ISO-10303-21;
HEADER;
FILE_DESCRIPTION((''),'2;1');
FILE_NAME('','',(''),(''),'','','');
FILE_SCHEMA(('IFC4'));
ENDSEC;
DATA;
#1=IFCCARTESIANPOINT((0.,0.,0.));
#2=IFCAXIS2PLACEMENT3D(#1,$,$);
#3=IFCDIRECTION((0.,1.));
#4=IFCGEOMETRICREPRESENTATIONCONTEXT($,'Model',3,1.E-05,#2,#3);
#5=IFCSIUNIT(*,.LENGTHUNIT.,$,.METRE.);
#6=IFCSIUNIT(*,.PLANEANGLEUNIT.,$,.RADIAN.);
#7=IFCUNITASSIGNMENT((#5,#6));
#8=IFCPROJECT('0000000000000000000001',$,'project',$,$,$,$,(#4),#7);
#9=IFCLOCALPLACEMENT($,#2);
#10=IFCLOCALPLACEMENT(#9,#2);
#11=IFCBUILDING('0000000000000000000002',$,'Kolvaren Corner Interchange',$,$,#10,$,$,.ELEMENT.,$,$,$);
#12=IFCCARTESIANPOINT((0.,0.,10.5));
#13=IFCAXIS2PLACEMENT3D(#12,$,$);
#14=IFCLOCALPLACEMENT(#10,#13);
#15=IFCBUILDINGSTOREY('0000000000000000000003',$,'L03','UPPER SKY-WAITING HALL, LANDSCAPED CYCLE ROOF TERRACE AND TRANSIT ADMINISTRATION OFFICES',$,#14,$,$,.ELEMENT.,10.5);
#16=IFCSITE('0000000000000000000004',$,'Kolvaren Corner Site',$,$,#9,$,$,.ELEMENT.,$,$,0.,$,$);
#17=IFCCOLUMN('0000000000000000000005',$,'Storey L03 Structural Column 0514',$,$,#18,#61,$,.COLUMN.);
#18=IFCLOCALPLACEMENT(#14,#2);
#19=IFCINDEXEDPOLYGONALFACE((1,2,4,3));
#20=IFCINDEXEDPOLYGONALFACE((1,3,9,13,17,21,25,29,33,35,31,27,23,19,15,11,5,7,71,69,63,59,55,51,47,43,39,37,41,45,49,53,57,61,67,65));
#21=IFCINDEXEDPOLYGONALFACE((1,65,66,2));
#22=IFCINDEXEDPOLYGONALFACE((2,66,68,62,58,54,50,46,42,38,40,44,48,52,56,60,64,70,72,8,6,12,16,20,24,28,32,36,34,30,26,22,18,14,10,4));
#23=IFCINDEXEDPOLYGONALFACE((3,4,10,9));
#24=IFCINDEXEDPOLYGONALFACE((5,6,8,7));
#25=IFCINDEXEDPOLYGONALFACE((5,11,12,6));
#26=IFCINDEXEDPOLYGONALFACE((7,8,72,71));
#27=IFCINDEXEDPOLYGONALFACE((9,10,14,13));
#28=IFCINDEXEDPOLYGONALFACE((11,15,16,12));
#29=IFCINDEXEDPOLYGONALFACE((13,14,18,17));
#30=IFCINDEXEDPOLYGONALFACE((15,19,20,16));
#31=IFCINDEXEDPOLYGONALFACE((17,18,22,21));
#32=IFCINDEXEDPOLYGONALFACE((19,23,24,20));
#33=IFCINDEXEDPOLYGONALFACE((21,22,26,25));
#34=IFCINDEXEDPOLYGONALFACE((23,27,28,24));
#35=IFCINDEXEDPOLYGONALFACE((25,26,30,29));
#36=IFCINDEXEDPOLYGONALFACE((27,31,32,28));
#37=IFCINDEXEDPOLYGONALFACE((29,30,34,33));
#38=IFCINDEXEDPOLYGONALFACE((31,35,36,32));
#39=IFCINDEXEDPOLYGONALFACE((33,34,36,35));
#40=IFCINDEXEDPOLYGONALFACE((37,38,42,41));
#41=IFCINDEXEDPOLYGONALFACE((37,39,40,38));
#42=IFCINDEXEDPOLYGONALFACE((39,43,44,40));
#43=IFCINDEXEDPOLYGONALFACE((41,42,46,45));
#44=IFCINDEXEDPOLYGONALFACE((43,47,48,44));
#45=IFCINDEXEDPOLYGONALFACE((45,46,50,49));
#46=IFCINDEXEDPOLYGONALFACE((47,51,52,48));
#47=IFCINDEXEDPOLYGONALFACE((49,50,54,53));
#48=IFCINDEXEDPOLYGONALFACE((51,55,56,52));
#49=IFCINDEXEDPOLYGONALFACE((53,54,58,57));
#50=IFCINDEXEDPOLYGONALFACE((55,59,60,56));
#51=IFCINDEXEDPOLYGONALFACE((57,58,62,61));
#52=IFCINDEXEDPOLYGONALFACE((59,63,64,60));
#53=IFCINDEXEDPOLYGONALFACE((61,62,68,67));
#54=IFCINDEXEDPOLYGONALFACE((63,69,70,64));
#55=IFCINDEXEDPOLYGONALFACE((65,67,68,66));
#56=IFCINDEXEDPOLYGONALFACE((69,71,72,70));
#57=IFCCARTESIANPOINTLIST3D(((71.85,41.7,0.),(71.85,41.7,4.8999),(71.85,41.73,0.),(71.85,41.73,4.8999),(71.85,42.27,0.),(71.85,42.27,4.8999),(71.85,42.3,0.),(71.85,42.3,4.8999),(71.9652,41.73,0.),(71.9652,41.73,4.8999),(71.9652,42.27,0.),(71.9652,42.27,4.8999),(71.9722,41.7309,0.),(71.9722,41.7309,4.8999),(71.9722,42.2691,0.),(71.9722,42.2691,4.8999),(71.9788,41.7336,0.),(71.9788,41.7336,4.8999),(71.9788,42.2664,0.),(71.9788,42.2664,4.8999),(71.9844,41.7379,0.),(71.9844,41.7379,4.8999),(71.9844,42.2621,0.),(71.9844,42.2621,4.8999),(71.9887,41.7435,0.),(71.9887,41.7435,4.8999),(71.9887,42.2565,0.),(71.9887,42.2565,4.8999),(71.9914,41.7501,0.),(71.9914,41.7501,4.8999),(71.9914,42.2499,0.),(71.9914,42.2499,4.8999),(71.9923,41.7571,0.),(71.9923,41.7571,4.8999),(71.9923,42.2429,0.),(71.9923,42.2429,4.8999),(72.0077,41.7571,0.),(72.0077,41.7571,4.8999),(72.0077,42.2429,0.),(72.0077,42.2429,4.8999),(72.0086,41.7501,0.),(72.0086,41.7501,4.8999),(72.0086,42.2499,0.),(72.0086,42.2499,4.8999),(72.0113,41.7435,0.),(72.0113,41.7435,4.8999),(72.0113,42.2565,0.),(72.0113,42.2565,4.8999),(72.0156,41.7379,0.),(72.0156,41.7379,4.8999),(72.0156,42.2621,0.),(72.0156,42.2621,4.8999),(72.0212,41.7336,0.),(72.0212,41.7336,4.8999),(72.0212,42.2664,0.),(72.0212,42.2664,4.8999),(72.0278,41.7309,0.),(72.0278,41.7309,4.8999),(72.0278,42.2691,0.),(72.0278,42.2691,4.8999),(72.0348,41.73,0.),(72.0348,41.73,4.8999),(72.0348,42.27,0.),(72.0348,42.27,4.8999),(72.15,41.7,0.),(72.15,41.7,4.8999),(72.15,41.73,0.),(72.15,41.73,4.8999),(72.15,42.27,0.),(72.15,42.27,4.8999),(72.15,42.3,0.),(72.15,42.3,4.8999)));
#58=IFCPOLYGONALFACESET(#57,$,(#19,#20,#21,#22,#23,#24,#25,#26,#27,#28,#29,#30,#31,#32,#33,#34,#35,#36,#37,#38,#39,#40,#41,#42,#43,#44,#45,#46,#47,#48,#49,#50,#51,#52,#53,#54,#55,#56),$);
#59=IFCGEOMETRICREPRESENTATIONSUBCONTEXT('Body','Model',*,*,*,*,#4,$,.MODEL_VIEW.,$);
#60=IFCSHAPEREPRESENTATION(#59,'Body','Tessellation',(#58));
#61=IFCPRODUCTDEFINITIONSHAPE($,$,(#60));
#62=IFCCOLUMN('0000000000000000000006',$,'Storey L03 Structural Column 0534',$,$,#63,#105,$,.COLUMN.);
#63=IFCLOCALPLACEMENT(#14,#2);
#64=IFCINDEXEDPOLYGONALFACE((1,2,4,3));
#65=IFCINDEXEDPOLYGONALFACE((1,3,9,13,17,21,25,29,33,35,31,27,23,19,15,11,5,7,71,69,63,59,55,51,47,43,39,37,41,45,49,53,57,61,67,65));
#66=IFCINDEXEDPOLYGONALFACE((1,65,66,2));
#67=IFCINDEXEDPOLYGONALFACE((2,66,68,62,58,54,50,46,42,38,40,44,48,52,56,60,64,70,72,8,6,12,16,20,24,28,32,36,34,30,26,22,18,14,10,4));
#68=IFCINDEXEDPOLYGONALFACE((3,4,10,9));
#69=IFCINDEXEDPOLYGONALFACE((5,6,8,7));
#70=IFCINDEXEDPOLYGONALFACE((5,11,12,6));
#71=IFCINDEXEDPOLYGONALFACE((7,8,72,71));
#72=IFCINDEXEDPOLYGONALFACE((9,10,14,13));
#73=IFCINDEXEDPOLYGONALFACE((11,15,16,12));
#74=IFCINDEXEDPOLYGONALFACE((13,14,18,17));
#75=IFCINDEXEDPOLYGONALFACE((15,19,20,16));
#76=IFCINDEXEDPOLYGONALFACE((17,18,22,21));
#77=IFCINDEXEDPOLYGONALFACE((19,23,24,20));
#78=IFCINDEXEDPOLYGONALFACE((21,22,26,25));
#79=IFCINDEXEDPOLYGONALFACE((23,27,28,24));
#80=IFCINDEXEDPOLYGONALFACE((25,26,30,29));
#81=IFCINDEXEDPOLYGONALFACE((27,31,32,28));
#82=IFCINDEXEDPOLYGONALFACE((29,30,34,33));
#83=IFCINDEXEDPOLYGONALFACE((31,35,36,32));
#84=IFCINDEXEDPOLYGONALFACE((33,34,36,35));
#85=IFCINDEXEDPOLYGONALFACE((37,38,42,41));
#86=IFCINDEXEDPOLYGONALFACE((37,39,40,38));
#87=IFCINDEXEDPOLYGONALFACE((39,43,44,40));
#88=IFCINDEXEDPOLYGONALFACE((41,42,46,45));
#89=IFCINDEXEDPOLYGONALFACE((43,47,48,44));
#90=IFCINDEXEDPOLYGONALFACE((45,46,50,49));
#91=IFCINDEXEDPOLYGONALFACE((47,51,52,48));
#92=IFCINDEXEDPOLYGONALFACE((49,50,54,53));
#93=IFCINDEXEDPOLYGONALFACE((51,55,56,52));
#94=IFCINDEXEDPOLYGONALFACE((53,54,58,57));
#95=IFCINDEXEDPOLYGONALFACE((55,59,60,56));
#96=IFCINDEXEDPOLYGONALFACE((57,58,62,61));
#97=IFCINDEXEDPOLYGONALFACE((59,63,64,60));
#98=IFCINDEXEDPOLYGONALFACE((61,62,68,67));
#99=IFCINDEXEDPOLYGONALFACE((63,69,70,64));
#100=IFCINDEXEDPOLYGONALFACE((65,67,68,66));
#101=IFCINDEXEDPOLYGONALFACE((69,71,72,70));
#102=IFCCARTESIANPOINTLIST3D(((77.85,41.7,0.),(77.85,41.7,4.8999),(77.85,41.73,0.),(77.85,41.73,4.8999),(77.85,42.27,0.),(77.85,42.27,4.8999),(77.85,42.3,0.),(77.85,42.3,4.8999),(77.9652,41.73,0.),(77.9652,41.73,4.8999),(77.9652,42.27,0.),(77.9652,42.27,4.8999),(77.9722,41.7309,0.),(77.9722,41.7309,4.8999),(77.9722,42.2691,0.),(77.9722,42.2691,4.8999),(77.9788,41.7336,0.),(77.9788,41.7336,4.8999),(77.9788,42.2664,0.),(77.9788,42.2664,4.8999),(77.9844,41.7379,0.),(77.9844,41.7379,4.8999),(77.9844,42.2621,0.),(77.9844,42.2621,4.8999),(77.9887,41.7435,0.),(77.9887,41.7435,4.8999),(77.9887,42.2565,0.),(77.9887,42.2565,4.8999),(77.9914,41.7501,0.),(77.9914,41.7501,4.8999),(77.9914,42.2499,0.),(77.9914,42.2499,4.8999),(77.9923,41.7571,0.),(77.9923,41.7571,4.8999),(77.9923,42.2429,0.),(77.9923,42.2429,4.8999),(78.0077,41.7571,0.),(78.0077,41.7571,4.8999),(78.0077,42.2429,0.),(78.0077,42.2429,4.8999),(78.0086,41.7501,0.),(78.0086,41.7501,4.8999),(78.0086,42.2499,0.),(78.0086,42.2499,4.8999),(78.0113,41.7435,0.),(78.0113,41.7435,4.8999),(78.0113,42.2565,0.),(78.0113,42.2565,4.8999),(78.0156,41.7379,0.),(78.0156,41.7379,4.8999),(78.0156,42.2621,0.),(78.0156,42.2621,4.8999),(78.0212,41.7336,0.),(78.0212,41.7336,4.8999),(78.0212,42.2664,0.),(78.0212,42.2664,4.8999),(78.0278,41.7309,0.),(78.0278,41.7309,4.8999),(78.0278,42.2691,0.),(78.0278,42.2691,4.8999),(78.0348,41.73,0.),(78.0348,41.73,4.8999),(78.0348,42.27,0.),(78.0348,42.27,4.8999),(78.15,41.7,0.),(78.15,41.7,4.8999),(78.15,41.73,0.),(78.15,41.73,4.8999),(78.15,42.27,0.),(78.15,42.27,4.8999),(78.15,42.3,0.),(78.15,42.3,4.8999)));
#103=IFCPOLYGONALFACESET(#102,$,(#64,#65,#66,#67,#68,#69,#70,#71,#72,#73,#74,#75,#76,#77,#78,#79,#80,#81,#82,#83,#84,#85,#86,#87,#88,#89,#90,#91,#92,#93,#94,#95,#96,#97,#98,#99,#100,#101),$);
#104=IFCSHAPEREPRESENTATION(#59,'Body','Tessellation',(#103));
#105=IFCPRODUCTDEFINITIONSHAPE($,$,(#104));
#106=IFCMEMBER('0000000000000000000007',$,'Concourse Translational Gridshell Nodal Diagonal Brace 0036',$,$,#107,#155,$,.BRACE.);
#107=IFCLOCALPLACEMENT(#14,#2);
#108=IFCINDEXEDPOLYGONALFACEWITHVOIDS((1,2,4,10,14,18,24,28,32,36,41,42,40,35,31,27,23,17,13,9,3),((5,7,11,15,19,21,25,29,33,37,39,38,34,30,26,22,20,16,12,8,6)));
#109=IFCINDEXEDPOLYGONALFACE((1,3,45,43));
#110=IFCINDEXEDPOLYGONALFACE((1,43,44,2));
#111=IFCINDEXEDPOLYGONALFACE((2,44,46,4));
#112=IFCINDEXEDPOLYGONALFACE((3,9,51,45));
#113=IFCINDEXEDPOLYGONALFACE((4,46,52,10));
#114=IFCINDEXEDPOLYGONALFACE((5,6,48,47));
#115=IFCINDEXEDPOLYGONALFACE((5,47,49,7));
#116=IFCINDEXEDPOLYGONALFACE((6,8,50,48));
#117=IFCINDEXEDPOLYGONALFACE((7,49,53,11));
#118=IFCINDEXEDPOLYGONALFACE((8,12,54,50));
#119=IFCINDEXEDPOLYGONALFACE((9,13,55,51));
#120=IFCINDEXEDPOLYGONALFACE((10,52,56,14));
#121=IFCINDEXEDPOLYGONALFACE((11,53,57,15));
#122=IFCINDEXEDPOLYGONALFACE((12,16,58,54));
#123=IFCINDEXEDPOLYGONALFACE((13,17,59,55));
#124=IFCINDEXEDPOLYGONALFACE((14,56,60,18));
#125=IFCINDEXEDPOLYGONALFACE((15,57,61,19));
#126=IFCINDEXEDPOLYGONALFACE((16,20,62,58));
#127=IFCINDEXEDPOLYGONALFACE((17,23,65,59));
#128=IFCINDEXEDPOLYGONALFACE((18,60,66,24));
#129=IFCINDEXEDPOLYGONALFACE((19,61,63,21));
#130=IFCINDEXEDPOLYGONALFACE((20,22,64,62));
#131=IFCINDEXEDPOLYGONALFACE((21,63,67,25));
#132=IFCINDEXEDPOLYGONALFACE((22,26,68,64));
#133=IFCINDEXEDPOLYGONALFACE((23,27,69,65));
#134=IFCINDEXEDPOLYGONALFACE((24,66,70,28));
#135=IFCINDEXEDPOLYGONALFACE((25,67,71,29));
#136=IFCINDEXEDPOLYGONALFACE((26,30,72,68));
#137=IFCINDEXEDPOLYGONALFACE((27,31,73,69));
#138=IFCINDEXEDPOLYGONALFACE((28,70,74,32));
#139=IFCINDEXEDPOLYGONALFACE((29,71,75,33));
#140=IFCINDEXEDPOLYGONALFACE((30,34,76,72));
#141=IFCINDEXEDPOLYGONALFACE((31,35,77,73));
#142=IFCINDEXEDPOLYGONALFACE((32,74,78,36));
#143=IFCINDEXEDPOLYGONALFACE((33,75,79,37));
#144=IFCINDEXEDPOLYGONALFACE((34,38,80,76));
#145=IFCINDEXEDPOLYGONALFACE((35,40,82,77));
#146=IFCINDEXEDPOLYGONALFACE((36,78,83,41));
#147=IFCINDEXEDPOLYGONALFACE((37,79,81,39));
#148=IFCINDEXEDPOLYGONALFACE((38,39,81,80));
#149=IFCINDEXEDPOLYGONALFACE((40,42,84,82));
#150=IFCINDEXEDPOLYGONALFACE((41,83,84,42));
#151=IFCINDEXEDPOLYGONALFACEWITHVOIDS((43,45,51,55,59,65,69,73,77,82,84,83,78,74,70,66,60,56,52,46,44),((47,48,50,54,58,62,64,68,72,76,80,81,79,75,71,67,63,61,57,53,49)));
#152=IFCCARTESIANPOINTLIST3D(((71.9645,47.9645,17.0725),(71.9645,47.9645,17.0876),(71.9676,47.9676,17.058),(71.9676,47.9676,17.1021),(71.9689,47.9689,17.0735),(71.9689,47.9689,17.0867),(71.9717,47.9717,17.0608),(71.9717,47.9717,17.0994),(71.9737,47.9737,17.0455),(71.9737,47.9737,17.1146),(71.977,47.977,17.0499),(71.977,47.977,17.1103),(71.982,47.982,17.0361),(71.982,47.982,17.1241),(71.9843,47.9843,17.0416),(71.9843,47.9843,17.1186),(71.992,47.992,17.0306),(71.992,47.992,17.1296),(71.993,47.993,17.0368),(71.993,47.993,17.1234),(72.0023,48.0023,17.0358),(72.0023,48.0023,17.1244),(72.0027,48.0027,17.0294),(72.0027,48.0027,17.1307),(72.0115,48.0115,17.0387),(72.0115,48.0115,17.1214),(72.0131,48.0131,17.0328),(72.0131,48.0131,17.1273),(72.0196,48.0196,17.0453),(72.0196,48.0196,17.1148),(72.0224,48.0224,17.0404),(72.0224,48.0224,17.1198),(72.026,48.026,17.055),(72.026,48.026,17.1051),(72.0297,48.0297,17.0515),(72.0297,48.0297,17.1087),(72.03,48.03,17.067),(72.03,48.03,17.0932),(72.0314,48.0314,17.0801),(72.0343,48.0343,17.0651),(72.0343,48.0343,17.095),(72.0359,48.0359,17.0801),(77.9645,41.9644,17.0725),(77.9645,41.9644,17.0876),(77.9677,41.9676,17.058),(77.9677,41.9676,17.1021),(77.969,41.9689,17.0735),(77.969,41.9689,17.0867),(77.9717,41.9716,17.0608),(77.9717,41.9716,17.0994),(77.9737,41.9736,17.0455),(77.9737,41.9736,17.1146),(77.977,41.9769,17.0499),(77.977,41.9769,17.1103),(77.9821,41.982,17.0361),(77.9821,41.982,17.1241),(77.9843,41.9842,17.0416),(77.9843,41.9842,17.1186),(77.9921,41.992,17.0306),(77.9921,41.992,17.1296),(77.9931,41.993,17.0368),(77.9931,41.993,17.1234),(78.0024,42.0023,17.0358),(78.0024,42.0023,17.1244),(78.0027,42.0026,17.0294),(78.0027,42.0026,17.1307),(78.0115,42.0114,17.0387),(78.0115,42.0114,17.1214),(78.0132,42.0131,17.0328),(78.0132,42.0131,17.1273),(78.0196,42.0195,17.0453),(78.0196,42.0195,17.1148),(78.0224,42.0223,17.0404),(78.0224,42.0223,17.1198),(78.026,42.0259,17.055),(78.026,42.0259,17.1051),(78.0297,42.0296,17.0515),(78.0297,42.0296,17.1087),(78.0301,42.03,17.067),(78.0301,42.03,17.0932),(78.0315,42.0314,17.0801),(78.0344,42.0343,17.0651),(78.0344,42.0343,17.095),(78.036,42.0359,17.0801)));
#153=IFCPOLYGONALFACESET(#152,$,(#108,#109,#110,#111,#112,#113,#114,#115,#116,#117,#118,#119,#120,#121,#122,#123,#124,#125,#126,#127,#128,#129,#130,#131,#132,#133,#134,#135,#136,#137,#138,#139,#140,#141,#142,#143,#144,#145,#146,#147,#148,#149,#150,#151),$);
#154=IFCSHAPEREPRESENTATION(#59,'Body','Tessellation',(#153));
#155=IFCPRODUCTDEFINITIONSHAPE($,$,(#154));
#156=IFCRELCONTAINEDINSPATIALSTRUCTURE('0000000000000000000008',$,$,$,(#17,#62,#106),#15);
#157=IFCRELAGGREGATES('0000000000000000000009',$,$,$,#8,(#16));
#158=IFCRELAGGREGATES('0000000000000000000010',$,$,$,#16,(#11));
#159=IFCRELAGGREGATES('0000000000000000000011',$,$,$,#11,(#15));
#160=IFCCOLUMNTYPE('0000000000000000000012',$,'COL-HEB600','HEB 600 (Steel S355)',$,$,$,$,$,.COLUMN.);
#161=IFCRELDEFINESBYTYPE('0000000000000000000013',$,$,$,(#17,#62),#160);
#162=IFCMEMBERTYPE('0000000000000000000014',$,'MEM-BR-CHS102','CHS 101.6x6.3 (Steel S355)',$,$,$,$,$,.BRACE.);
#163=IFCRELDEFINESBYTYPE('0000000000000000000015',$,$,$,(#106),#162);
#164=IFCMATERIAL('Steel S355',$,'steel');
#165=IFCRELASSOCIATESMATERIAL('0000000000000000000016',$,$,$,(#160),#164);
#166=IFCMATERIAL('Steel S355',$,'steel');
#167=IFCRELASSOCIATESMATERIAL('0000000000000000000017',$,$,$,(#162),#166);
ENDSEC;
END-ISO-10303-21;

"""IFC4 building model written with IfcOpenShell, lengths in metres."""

from ifc_helpers import new_model, si_unit, direction, frame, origin, origin_2d, place, context, subcontext, project, spatial, hollow_circle, i_section, extrude, material, material_profile, profile_set, type_object, element, save


model = new_model("IFC4")

# Units and contexts
model_context = context("Model", 3, precision=1e-05, world=origin(), true_north=direction((0.0, 1.0)))
body_context = subcontext(model_context, "Body", "Model", "MODEL_VIEW")
ifc_project = project(units=[si_unit("LENGTHUNIT", "METRE"), si_unit("PLANEANGLEUNIT", "RADIAN")], contexts=[model_context])

# Site, building, storey
site_placement = place(None, origin())
site = spatial("IfcSite", under=ifc_project, at=site_placement, Name="Kolvaren Corner Site", CompositionType="ELEMENT", RefElevation=0.0)
building_placement = place(site_placement, origin())
building = spatial("IfcBuilding", under=site, at=building_placement, Name="Kolvaren Corner Interchange", CompositionType="ELEMENT")
storey_placement = place(building_placement, frame((0.0, 0.0, 10.5)))
storey = spatial("IfcBuildingStorey", under=building, at=storey_placement, Name="L03", Description="UPPER SKY-WAITING HALL, LANDSCAPED CYCLE ROOF TERRACE AND TRANSIT ADMINISTRATION OFFICES", CompositionType="ELEMENT", Elevation=10.5)

# Columns
ifc_material_1 = material(Name="Steel S355", Category="steel")
ifc_material_profile_1 = material_profile(ifc_material_1, i_section(OverallWidth=0.3, OverallDepth=0.6001, WebThickness=0.0154, FlangeThickness=0.03, FilletRadius=0.0271, at=origin_2d()), Name="HEB 600")
ifc_profile_set_1 = profile_set([ifc_material_profile_1], Name="Steel S355")
column_type = type_object("IfcColumnType", Name="COL-HEB600", Description="HEB 600 (Steel S355)", PredefinedType="COLUMN", material=ifc_profile_set_1)
for number, where, z_axis, x_axis, name in (
    (1, (72.0, 42.0, 0.0), (0.0, 0.0, 1.0), (1.0, 0.0, 0.0), "Storey L03 Structural Column 0514"),
    (2, (78.0, 42.0, 0.0), (0.0, 0.0, 1.0), (1.0, 0.0, 0.0), "Storey L03 Structural Column 0534"),
):
    element("IfcColumn", number, at=place(storey_placement, frame(where, z_axis=z_axis, x_axis=x_axis)), inside=storey, type_object=column_type, Name=name, PredefinedType="COLUMN", context=body_context, shape_type="SweptSolid", body=[
        extrude(i_section(OverallWidth=0.3, OverallDepth=0.6001, WebThickness=0.0154, FlangeThickness=0.03, FilletRadius=0.0271, at=origin_2d()), origin(), (0.0, 0.0, 1.0), 4.8999),
    ])

# Member
ifc_material_2 = material(Name="Steel S355", Category="steel")
ifc_material_profile_2 = material_profile(ifc_material_2, hollow_circle(Radius=0.0508, WallThickness=0.0063, at=origin_2d()), Name="CHS 101.6x6.3")
ifc_profile_set_2 = profile_set([ifc_material_profile_2], Name="Steel S355")
member_type_1 = type_object("IfcMemberType", Name="MEM-BR-CHS102", Description="CHS 101.6x6.3 (Steel S355)", PredefinedType="BRACE", material=ifc_profile_set_2)
member_1_placement = place(storey_placement, frame((72.0, 48.0, 17.0801), z_axis=(0.707107, -0.707107, 0.0), x_axis=(0.707107, 0.707107, 0.0)))
element("IfcMember", 3, at=member_1_placement, inside=storey, type_object=member_type_1, Name="Concourse Translational Gridshell Nodal Diagonal Brace 0036", PredefinedType="BRACE", context=body_context, shape_type="SweptSolid", body=[
    extrude(hollow_circle(Radius=0.0508, WallThickness=0.0063, at=origin_2d()), origin(), (0.0, 0.0, 1.0), 8.4854),
])

save(model, "model.ifc")
